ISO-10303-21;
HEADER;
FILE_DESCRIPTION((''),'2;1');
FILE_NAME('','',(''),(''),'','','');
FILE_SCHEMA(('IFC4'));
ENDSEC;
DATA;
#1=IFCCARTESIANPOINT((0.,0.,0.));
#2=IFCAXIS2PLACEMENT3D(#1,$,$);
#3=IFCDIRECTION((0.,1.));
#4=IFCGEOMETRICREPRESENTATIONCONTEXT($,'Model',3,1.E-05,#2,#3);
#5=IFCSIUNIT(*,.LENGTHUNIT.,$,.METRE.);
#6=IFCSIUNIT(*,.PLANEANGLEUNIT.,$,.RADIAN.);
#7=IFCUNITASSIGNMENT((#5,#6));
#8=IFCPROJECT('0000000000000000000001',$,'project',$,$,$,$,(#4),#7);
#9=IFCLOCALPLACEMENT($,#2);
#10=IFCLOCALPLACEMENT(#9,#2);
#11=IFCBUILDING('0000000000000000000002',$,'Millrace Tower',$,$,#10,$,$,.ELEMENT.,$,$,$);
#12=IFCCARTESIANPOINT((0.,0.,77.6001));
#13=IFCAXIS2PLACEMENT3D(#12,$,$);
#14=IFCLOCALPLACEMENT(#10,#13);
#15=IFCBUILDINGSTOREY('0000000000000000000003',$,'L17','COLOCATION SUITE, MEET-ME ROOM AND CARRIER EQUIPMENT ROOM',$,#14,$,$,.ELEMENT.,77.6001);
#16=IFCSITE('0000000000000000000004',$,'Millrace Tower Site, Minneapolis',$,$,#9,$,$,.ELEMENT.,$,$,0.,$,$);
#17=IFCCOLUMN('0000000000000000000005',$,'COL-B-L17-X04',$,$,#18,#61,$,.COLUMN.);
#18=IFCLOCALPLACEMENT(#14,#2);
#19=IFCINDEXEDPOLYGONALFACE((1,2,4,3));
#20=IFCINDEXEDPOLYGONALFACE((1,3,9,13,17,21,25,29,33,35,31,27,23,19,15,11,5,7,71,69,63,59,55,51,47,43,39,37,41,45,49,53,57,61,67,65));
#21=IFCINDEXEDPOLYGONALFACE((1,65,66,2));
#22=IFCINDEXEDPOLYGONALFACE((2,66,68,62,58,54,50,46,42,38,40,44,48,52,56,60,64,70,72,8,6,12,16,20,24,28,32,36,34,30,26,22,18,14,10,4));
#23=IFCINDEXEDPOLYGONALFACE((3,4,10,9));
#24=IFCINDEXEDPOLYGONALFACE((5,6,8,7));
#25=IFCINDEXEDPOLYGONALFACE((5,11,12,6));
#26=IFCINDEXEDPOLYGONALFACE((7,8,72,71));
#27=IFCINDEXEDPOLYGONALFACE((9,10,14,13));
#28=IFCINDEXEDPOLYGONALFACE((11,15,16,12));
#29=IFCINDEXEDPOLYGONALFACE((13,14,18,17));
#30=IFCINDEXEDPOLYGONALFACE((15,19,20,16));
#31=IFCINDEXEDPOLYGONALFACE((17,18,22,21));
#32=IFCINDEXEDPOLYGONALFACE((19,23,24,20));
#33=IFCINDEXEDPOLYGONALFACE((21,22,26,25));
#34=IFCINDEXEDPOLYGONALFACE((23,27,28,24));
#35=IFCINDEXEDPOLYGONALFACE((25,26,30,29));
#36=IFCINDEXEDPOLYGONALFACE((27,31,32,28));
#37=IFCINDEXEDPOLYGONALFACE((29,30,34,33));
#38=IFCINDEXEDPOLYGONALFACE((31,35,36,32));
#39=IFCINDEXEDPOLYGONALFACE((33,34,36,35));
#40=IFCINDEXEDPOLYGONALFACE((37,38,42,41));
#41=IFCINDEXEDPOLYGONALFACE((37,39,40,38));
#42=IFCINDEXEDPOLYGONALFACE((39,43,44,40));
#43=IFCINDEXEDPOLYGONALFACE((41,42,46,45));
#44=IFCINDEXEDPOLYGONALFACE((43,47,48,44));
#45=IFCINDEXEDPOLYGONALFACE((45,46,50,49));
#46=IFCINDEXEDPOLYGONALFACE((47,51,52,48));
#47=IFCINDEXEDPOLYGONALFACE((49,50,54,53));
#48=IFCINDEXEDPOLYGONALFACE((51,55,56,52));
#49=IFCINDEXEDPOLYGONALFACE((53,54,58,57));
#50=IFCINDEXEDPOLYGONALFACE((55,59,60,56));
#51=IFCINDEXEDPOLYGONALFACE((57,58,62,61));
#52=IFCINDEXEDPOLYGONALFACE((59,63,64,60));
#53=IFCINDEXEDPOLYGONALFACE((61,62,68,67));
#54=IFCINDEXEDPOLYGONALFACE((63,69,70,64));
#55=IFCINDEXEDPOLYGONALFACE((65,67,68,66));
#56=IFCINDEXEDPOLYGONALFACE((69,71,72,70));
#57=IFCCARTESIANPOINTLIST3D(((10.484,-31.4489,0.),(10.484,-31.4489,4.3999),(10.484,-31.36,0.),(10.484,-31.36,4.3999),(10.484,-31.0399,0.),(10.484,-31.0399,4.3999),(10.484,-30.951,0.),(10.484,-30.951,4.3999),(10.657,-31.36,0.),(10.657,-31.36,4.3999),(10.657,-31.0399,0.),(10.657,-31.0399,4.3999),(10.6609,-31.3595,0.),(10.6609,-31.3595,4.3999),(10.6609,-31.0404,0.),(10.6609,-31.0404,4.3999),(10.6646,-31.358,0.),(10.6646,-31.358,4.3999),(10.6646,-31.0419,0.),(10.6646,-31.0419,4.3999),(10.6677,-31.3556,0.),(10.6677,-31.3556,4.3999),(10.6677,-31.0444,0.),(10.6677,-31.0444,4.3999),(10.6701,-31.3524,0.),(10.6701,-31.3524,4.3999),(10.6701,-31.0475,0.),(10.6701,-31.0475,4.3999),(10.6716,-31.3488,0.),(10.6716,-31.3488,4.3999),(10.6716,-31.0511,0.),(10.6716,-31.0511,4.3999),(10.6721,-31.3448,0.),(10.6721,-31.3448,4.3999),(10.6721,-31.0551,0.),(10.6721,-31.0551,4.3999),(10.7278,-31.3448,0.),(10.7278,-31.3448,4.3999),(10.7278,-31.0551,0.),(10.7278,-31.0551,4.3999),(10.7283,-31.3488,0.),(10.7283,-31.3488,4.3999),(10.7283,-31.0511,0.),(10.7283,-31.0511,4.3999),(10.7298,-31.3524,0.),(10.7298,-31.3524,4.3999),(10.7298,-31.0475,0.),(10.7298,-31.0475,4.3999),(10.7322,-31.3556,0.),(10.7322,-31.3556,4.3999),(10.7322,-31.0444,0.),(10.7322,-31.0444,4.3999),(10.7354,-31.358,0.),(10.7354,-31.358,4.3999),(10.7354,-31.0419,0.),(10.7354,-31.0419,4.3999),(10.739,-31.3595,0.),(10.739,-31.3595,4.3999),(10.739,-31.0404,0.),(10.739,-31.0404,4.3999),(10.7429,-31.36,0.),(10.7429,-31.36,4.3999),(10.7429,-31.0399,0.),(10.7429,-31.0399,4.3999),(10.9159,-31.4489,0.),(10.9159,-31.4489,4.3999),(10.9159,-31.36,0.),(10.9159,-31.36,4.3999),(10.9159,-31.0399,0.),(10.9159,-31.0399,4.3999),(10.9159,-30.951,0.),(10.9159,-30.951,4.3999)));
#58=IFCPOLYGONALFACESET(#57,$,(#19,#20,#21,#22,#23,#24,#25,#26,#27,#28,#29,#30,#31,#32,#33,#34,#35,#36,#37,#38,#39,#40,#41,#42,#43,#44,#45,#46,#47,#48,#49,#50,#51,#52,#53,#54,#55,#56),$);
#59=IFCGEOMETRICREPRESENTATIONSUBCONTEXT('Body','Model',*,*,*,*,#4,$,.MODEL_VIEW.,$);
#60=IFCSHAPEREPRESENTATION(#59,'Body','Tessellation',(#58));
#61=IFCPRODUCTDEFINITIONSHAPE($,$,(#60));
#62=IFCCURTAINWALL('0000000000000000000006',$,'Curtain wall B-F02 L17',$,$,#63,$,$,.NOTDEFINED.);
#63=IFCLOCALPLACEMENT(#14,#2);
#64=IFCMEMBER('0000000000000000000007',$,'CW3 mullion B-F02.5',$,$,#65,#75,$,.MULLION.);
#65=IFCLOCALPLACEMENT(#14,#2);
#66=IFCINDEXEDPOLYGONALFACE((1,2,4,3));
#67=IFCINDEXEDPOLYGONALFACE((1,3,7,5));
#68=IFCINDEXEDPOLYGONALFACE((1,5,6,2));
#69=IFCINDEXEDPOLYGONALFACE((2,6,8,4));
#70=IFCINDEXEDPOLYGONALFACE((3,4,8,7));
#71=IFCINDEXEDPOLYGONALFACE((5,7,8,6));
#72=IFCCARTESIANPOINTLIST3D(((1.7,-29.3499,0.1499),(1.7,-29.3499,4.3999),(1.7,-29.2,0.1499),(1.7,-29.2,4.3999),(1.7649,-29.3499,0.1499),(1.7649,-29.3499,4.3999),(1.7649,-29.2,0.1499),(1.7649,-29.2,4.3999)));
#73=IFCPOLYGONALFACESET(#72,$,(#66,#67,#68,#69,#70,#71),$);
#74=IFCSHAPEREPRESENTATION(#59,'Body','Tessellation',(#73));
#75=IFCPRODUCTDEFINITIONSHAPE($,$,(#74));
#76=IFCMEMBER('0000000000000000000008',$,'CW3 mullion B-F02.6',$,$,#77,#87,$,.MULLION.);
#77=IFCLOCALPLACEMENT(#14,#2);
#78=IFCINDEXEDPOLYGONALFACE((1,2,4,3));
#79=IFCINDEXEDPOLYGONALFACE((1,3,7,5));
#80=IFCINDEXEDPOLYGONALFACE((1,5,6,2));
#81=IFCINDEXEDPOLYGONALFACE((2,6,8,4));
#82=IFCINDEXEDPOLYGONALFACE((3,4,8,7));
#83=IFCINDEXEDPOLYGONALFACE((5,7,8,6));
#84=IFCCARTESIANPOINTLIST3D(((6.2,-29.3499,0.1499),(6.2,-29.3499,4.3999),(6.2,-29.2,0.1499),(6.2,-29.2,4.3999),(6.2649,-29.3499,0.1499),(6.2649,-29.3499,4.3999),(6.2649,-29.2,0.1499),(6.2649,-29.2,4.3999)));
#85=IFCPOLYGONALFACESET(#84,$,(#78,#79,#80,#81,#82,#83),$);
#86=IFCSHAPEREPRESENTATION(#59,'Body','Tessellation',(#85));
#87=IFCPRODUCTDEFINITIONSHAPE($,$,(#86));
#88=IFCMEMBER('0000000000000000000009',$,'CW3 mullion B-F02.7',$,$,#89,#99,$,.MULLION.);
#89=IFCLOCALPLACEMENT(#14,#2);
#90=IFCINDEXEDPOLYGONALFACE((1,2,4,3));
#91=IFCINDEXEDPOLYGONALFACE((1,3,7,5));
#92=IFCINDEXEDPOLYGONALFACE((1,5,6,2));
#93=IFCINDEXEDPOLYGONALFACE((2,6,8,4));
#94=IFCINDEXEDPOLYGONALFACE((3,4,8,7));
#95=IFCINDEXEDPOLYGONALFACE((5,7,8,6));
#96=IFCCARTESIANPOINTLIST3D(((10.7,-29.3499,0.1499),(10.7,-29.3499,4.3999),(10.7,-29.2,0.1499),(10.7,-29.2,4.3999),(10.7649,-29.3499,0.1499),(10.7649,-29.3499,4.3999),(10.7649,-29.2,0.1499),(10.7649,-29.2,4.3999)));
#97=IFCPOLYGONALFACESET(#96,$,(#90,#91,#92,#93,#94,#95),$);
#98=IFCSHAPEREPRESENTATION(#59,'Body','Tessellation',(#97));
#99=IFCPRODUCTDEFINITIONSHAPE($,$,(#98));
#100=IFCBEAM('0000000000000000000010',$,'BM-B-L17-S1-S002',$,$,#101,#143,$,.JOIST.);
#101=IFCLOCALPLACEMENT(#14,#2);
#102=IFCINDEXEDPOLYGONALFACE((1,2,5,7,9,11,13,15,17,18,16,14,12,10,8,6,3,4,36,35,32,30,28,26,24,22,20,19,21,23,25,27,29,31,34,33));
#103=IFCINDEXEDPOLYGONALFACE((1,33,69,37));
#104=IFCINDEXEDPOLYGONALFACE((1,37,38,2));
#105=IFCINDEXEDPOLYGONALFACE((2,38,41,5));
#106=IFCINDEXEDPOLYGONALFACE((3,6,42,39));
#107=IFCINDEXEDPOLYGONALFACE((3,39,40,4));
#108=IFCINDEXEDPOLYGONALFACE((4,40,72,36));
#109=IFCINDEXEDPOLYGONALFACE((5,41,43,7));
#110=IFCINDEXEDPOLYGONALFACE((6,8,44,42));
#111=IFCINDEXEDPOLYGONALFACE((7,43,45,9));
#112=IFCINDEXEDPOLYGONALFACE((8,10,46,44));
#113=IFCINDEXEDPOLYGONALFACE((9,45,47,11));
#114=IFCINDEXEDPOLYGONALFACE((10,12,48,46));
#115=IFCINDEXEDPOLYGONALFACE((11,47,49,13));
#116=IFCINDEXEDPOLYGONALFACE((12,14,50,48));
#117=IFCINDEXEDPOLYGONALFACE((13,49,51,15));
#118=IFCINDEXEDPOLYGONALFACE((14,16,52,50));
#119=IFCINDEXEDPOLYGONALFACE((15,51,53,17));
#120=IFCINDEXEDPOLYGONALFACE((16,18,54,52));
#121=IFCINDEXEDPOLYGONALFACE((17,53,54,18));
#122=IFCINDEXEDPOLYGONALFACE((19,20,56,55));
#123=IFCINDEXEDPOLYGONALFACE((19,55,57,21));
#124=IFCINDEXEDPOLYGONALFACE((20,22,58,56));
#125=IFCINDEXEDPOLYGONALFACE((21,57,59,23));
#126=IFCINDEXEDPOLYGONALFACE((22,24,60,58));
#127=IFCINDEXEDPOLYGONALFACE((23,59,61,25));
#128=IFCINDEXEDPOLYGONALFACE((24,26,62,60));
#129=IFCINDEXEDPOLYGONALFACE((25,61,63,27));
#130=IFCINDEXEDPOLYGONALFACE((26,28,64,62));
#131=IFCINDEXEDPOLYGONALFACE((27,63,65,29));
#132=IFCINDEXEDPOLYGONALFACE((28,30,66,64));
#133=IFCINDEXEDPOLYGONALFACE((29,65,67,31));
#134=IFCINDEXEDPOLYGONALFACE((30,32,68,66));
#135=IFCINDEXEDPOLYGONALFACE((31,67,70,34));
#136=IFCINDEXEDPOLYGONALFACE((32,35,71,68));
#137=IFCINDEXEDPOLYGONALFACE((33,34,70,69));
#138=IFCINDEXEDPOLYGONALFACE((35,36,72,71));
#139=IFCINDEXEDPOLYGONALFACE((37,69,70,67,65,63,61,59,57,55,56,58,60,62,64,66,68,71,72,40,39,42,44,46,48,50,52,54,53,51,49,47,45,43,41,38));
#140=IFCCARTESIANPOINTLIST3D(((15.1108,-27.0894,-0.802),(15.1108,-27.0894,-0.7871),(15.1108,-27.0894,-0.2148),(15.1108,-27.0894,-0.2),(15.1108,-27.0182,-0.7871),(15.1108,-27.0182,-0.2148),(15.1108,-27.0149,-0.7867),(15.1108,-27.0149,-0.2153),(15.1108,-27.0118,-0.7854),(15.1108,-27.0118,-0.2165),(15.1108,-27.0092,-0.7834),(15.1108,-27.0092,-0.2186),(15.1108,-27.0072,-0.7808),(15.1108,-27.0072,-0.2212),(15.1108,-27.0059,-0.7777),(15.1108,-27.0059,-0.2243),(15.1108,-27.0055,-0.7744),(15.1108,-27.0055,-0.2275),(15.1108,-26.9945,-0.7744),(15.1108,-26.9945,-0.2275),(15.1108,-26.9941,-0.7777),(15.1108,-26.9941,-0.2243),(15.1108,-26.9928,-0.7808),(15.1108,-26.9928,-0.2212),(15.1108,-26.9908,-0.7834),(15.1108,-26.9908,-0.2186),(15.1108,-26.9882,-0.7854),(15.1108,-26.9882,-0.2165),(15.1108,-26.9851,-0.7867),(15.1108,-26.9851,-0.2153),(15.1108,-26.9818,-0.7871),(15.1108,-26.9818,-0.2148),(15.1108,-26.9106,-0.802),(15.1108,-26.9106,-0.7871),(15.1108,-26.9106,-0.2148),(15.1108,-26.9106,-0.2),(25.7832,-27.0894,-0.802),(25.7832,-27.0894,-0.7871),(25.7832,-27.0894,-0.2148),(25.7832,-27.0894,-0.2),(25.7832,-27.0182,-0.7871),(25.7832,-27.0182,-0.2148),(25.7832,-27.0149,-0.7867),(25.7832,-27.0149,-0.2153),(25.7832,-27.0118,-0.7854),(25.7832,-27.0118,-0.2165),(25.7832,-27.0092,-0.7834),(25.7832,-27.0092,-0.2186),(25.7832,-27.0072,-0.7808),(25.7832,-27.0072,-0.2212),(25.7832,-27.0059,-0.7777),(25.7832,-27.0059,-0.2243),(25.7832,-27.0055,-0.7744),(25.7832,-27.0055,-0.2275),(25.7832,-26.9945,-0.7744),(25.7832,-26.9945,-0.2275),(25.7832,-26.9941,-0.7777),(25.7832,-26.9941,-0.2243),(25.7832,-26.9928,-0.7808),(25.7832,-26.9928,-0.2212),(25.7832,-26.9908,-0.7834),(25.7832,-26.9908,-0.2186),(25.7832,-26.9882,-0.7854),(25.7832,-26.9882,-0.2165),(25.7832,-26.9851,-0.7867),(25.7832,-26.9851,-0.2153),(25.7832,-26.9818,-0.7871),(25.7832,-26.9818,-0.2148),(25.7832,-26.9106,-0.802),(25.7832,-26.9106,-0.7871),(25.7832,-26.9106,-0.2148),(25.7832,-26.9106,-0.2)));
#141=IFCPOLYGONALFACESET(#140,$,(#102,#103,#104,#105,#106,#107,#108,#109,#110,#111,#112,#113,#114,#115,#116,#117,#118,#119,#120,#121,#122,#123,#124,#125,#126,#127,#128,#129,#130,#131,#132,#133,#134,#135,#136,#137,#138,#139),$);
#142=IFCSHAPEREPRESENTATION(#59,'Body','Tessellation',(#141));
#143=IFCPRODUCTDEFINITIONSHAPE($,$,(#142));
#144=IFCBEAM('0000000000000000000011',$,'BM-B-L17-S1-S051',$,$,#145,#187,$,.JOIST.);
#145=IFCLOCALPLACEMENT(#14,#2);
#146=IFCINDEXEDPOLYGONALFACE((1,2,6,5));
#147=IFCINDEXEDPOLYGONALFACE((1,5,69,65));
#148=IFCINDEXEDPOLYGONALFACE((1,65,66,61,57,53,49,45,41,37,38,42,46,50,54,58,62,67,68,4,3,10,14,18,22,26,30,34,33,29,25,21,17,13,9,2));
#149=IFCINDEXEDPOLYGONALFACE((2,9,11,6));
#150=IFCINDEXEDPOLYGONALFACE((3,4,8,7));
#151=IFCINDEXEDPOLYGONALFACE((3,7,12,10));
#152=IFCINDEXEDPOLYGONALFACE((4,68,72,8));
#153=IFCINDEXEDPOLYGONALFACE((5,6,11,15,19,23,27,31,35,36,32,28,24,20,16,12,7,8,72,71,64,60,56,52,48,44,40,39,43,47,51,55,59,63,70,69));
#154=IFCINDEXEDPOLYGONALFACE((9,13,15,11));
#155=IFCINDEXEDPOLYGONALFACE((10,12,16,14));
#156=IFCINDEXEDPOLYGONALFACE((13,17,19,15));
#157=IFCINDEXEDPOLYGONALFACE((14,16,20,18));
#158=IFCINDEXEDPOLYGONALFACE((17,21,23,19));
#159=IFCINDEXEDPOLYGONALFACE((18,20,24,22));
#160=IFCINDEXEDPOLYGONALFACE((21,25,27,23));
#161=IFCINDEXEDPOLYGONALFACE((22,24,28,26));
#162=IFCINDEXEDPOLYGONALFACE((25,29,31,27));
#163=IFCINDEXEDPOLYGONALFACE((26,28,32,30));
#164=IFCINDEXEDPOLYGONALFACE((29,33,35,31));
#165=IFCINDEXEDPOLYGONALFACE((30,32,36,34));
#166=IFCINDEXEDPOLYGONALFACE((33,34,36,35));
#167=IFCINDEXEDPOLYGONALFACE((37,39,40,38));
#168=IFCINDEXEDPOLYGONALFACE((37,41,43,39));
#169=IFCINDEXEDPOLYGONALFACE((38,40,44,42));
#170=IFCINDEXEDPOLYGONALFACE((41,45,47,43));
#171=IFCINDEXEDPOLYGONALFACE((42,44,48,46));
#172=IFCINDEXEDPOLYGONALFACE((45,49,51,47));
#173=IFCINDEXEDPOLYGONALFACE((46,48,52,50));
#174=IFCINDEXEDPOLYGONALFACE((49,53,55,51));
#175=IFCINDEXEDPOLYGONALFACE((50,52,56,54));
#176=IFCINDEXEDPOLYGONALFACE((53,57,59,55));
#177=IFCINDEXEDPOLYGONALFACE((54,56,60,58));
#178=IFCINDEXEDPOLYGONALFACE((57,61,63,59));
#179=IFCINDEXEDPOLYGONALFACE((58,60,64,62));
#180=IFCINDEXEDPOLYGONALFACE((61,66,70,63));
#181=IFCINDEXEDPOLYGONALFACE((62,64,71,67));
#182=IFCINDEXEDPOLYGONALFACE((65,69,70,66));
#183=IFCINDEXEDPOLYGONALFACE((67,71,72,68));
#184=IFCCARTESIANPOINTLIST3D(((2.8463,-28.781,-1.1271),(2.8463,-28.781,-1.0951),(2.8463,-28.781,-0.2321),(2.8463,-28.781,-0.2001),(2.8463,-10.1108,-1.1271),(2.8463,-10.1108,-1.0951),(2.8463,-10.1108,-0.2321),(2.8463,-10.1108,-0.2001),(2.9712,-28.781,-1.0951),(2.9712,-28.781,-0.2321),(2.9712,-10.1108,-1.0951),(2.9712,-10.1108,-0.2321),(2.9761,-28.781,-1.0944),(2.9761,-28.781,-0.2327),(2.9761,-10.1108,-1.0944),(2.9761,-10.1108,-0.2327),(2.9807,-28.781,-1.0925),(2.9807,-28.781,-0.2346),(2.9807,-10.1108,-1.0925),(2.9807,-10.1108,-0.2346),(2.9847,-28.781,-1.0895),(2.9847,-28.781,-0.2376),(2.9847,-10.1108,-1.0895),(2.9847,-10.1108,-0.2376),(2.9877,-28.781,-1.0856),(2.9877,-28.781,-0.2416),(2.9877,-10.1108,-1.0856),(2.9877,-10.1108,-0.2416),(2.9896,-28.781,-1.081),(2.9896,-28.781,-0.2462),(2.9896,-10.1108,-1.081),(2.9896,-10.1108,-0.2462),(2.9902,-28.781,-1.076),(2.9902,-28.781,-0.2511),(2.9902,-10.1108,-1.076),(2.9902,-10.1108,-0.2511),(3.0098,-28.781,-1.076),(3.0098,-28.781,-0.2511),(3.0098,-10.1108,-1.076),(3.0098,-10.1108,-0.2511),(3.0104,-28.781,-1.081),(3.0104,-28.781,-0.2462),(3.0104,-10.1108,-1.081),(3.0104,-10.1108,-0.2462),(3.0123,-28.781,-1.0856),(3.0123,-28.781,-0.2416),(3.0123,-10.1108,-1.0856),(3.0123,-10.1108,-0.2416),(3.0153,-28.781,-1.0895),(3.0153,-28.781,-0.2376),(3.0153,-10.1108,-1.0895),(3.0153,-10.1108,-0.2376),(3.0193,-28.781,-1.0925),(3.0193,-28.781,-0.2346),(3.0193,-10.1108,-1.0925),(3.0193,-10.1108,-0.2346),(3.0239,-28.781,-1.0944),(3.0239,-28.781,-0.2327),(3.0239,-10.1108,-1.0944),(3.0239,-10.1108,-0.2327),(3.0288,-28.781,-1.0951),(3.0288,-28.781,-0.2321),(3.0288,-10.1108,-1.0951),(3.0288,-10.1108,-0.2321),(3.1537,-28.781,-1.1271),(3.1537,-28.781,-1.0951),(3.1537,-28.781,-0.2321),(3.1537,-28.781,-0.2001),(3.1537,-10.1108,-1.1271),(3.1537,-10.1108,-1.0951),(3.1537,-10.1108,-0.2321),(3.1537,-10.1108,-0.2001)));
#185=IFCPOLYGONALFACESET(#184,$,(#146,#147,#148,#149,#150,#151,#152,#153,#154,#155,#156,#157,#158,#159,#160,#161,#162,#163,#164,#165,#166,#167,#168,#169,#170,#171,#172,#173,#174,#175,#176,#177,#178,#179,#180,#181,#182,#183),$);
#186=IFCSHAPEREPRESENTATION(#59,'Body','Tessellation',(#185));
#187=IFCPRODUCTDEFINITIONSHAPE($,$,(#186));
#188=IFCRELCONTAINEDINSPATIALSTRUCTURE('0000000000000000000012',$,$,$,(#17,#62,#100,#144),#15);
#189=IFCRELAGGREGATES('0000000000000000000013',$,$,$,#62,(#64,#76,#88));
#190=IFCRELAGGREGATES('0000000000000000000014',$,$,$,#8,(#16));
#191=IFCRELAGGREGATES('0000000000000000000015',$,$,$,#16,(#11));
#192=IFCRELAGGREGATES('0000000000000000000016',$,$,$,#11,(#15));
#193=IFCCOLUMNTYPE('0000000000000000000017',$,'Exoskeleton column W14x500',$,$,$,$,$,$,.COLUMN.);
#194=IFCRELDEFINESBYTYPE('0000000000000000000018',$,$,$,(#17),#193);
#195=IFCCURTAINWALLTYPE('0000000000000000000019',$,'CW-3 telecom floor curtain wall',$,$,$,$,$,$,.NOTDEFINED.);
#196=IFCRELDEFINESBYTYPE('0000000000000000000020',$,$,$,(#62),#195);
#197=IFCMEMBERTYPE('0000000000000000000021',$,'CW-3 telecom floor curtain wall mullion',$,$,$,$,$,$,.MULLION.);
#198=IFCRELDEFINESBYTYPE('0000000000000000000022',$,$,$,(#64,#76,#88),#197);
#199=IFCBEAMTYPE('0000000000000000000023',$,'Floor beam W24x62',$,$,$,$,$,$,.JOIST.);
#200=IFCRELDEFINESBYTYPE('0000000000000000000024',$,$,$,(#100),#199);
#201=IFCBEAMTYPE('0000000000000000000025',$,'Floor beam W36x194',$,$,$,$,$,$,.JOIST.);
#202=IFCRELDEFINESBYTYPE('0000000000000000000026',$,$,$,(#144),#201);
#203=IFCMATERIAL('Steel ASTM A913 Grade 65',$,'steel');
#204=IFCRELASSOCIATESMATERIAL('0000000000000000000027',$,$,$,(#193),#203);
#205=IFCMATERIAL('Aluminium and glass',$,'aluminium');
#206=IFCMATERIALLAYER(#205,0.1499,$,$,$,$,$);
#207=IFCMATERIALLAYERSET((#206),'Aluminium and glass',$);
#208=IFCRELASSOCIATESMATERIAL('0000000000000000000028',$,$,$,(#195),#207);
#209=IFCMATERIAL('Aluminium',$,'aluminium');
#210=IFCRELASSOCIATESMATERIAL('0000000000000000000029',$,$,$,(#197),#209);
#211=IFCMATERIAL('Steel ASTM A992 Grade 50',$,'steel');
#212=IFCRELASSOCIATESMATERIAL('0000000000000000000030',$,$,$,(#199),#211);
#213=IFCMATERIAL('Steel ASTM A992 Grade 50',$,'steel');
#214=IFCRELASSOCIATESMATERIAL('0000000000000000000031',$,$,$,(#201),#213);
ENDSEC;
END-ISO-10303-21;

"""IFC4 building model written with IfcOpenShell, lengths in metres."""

from ifc_helpers import new_model, si_unit, direction, frame, origin, origin_2d, place, context, subcontext, project, spatial, rectangle, i_section, extrude, material, layer, layer_set, material_profile, profile_set, type_object, element, aggregate, save


model = new_model("IFC4")

# Units and contexts
model_context = context("Model", 3, precision=1e-05, world=origin(), true_north=direction((0.0, 1.0)))
body_context = subcontext(model_context, "Body", "Model", "MODEL_VIEW")
ifc_project = project(units=[si_unit("LENGTHUNIT", "METRE"), si_unit("PLANEANGLEUNIT", "RADIAN")], contexts=[model_context])

# Site, building, storey
site_placement = place(None, origin())
site = spatial("IfcSite", under=ifc_project, at=site_placement, Name="Millrace Tower Site, Minneapolis", CompositionType="ELEMENT", RefElevation=0.0)
building_placement = place(site_placement, origin())
building = spatial("IfcBuilding", under=site, at=building_placement, Name="Millrace Tower", CompositionType="ELEMENT")
storey_placement = place(building_placement, frame((0.0, 0.0, 77.6001)))
storey = spatial("IfcBuildingStorey", under=building, at=storey_placement, Name="L17", Description="COLOCATION SUITE, MEET-ME ROOM AND CARRIER EQUIPMENT ROOM", CompositionType="ELEMENT", Elevation=77.6001)

# Column
ifc_material_1 = material(Name="Steel ASTM A913 Grade 65", Category="steel")
ifc_material_profile_1 = material_profile(ifc_material_1, i_section(OverallWidth=0.4319, OverallDepth=0.4978, WebThickness=0.0557, FlangeThickness=0.0889, FilletRadius=0.0151, at=origin_2d()))
ifc_profile_set_1 = profile_set([ifc_material_profile_1], Name="Steel ASTM A913 Grade 65")
column_type = type_object("IfcColumnType", Name="Exoskeleton column W14x500", PredefinedType="COLUMN", material=ifc_profile_set_1)
column_placement = place(storey_placement, frame((10.7, -31.2, 0.0), z_axis=(0.0, 0.0, 1.0), x_axis=(1.0, 0.0, 0.0)))
element("IfcColumn", 1, at=column_placement, inside=storey, type_object=column_type, Name="COL-B-L17-X04", PredefinedType="COLUMN", context=body_context, shape_type="SweptSolid", body=[
    extrude(i_section(OverallWidth=0.4319, OverallDepth=0.4978, WebThickness=0.0557, FlangeThickness=0.0889, FilletRadius=0.0151, at=origin_2d()), origin(), (0.0, 0.0, 1.0), 4.3999),
])

# Curtain wall, members
ifc_material_2 = material(Name="Aluminium and glass", Category="aluminium")
ifc_layer_1 = layer(ifc_material_2, 0.1499)
ifc_layer_set_1 = layer_set([ifc_layer_1], Name="Aluminium and glass")
curtain_wall_type = type_object("IfcCurtainWallType", Name="CW-3 telecom floor curtain wall", PredefinedType="NOTDEFINED", material=ifc_layer_set_1)
curtain_wall_placement = place(storey_placement, origin())
curtain_wall = element("IfcCurtainWall", 2, at=curtain_wall_placement, inside=storey, type_object=curtain_wall_type, Name="Curtain wall B-F02 L17", PredefinedType="NOTDEFINED")
ifc_material_3 = material(Name="Aluminium", Category="aluminium")
ifc_material_profile_2 = material_profile(ifc_material_3, rectangle(XDim=0.0649, YDim=0.1499, at=origin_2d()))
ifc_profile_set_2 = profile_set([ifc_material_profile_2], Name="Aluminium")
member_type = type_object("IfcMemberType", Name="CW-3 telecom floor curtain wall mullion", PredefinedType="MULLION", material=ifc_profile_set_2)
member_1_placement = place(storey_placement, frame((1.7324, -29.2749, 0.1499), z_axis=(0.0, 0.0, 1.0), x_axis=(1.0, 0.0, 0.0)))
member_1 = element("IfcMember", 3, at=member_1_placement, type_object=member_type, Name="CW3 mullion B-F02.5", PredefinedType="MULLION", context=body_context, shape_type="SweptSolid", body=[
    extrude(rectangle(XDim=0.0649, YDim=0.1499, at=origin_2d()), origin(), (0.0, 0.0, 1.0), 4.25),
])
member_2_placement = place(storey_placement, frame((6.2324, -29.2749, 0.1499), z_axis=(0.0, 0.0, 1.0), x_axis=(1.0, 0.0, 0.0)))
member_2 = element("IfcMember", 4, at=member_2_placement, type_object=member_type, Name="CW3 mullion B-F02.6", PredefinedType="MULLION", context=body_context, shape_type="SweptSolid", body=[
    extrude(rectangle(XDim=0.0649, YDim=0.1499, at=origin_2d()), origin(), (0.0, 0.0, 1.0), 4.25),
])
member_3_placement = place(storey_placement, frame((10.7324, -29.2749, 0.1499), z_axis=(0.0, 0.0, 1.0), x_axis=(1.0, 0.0, 0.0)))
member_3 = element("IfcMember", 5, at=member_3_placement, type_object=member_type, Name="CW3 mullion B-F02.7", PredefinedType="MULLION", context=body_context, shape_type="SweptSolid", body=[
    extrude(rectangle(XDim=0.0649, YDim=0.1499, at=origin_2d()), origin(), (0.0, 0.0, 1.0), 4.25),
])
aggregate(curtain_wall, [member_1, member_2, member_3])

# Beams
ifc_material_4 = material(Name="Steel ASTM A992 Grade 50", Category="steel")
ifc_material_profile_3 = material_profile(ifc_material_4, i_section(OverallWidth=0.1787, OverallDepth=0.6021, WebThickness=0.011, FlangeThickness=0.0149, FilletRadius=0.0127, at=origin_2d()))
ifc_profile_set_3 = profile_set([ifc_material_profile_3], Name="Steel ASTM A992 Grade 50")
beam_type_1 = type_object("IfcBeamType", Name="Floor beam W24x62", PredefinedType="JOIST", material=ifc_profile_set_3)
beam_1_placement = place(storey_placement, frame((15.1108, -27.0, -0.501), z_axis=(1.0, 0.0, 0.0), x_axis=(0.0, 1.0, 0.0)))
element("IfcBeam", 6, at=beam_1_placement, inside=storey, type_object=beam_type_1, Name="BM-B-L17-S1-S002", PredefinedType="JOIST", context=body_context, shape_type="SweptSolid", body=[
    extrude(i_section(OverallWidth=0.1787, OverallDepth=0.6021, WebThickness=0.011, FlangeThickness=0.0149, FilletRadius=0.0127, at=origin_2d()), origin(), (0.0, 0.0, 1.0), 10.6724),
])
ifc_material_5 = material(Name="Steel ASTM A992 Grade 50", Category="steel")
ifc_material_profile_4 = material_profile(ifc_material_5, i_section(OverallWidth=0.3074, OverallDepth=0.927, WebThickness=0.0195, FlangeThickness=0.032, FilletRadius=0.019, at=origin_2d()))
ifc_profile_set_4 = profile_set([ifc_material_profile_4], Name="Steel ASTM A992 Grade 50")
beam_type_2 = type_object("IfcBeamType", Name="Floor beam W36x194", PredefinedType="JOIST", material=ifc_profile_set_4)
beam_2_placement = place(storey_placement, frame((3.0, -28.781, -0.6636), z_axis=(0.0, 1.0, 0.0), x_axis=(-1.0, 0.0, 0.0)))
element("IfcBeam", 7, at=beam_2_placement, inside=storey, type_object=beam_type_2, Name="BM-B-L17-S1-S051", PredefinedType="JOIST", context=body_context, shape_type="SweptSolid", body=[
    extrude(i_section(OverallWidth=0.3074, OverallDepth=0.927, WebThickness=0.0195, FlangeThickness=0.032, FilletRadius=0.019, at=origin_2d()), origin(), (0.0, 0.0, 1.0), 18.6702),
])

save(model, "model.ifc")
